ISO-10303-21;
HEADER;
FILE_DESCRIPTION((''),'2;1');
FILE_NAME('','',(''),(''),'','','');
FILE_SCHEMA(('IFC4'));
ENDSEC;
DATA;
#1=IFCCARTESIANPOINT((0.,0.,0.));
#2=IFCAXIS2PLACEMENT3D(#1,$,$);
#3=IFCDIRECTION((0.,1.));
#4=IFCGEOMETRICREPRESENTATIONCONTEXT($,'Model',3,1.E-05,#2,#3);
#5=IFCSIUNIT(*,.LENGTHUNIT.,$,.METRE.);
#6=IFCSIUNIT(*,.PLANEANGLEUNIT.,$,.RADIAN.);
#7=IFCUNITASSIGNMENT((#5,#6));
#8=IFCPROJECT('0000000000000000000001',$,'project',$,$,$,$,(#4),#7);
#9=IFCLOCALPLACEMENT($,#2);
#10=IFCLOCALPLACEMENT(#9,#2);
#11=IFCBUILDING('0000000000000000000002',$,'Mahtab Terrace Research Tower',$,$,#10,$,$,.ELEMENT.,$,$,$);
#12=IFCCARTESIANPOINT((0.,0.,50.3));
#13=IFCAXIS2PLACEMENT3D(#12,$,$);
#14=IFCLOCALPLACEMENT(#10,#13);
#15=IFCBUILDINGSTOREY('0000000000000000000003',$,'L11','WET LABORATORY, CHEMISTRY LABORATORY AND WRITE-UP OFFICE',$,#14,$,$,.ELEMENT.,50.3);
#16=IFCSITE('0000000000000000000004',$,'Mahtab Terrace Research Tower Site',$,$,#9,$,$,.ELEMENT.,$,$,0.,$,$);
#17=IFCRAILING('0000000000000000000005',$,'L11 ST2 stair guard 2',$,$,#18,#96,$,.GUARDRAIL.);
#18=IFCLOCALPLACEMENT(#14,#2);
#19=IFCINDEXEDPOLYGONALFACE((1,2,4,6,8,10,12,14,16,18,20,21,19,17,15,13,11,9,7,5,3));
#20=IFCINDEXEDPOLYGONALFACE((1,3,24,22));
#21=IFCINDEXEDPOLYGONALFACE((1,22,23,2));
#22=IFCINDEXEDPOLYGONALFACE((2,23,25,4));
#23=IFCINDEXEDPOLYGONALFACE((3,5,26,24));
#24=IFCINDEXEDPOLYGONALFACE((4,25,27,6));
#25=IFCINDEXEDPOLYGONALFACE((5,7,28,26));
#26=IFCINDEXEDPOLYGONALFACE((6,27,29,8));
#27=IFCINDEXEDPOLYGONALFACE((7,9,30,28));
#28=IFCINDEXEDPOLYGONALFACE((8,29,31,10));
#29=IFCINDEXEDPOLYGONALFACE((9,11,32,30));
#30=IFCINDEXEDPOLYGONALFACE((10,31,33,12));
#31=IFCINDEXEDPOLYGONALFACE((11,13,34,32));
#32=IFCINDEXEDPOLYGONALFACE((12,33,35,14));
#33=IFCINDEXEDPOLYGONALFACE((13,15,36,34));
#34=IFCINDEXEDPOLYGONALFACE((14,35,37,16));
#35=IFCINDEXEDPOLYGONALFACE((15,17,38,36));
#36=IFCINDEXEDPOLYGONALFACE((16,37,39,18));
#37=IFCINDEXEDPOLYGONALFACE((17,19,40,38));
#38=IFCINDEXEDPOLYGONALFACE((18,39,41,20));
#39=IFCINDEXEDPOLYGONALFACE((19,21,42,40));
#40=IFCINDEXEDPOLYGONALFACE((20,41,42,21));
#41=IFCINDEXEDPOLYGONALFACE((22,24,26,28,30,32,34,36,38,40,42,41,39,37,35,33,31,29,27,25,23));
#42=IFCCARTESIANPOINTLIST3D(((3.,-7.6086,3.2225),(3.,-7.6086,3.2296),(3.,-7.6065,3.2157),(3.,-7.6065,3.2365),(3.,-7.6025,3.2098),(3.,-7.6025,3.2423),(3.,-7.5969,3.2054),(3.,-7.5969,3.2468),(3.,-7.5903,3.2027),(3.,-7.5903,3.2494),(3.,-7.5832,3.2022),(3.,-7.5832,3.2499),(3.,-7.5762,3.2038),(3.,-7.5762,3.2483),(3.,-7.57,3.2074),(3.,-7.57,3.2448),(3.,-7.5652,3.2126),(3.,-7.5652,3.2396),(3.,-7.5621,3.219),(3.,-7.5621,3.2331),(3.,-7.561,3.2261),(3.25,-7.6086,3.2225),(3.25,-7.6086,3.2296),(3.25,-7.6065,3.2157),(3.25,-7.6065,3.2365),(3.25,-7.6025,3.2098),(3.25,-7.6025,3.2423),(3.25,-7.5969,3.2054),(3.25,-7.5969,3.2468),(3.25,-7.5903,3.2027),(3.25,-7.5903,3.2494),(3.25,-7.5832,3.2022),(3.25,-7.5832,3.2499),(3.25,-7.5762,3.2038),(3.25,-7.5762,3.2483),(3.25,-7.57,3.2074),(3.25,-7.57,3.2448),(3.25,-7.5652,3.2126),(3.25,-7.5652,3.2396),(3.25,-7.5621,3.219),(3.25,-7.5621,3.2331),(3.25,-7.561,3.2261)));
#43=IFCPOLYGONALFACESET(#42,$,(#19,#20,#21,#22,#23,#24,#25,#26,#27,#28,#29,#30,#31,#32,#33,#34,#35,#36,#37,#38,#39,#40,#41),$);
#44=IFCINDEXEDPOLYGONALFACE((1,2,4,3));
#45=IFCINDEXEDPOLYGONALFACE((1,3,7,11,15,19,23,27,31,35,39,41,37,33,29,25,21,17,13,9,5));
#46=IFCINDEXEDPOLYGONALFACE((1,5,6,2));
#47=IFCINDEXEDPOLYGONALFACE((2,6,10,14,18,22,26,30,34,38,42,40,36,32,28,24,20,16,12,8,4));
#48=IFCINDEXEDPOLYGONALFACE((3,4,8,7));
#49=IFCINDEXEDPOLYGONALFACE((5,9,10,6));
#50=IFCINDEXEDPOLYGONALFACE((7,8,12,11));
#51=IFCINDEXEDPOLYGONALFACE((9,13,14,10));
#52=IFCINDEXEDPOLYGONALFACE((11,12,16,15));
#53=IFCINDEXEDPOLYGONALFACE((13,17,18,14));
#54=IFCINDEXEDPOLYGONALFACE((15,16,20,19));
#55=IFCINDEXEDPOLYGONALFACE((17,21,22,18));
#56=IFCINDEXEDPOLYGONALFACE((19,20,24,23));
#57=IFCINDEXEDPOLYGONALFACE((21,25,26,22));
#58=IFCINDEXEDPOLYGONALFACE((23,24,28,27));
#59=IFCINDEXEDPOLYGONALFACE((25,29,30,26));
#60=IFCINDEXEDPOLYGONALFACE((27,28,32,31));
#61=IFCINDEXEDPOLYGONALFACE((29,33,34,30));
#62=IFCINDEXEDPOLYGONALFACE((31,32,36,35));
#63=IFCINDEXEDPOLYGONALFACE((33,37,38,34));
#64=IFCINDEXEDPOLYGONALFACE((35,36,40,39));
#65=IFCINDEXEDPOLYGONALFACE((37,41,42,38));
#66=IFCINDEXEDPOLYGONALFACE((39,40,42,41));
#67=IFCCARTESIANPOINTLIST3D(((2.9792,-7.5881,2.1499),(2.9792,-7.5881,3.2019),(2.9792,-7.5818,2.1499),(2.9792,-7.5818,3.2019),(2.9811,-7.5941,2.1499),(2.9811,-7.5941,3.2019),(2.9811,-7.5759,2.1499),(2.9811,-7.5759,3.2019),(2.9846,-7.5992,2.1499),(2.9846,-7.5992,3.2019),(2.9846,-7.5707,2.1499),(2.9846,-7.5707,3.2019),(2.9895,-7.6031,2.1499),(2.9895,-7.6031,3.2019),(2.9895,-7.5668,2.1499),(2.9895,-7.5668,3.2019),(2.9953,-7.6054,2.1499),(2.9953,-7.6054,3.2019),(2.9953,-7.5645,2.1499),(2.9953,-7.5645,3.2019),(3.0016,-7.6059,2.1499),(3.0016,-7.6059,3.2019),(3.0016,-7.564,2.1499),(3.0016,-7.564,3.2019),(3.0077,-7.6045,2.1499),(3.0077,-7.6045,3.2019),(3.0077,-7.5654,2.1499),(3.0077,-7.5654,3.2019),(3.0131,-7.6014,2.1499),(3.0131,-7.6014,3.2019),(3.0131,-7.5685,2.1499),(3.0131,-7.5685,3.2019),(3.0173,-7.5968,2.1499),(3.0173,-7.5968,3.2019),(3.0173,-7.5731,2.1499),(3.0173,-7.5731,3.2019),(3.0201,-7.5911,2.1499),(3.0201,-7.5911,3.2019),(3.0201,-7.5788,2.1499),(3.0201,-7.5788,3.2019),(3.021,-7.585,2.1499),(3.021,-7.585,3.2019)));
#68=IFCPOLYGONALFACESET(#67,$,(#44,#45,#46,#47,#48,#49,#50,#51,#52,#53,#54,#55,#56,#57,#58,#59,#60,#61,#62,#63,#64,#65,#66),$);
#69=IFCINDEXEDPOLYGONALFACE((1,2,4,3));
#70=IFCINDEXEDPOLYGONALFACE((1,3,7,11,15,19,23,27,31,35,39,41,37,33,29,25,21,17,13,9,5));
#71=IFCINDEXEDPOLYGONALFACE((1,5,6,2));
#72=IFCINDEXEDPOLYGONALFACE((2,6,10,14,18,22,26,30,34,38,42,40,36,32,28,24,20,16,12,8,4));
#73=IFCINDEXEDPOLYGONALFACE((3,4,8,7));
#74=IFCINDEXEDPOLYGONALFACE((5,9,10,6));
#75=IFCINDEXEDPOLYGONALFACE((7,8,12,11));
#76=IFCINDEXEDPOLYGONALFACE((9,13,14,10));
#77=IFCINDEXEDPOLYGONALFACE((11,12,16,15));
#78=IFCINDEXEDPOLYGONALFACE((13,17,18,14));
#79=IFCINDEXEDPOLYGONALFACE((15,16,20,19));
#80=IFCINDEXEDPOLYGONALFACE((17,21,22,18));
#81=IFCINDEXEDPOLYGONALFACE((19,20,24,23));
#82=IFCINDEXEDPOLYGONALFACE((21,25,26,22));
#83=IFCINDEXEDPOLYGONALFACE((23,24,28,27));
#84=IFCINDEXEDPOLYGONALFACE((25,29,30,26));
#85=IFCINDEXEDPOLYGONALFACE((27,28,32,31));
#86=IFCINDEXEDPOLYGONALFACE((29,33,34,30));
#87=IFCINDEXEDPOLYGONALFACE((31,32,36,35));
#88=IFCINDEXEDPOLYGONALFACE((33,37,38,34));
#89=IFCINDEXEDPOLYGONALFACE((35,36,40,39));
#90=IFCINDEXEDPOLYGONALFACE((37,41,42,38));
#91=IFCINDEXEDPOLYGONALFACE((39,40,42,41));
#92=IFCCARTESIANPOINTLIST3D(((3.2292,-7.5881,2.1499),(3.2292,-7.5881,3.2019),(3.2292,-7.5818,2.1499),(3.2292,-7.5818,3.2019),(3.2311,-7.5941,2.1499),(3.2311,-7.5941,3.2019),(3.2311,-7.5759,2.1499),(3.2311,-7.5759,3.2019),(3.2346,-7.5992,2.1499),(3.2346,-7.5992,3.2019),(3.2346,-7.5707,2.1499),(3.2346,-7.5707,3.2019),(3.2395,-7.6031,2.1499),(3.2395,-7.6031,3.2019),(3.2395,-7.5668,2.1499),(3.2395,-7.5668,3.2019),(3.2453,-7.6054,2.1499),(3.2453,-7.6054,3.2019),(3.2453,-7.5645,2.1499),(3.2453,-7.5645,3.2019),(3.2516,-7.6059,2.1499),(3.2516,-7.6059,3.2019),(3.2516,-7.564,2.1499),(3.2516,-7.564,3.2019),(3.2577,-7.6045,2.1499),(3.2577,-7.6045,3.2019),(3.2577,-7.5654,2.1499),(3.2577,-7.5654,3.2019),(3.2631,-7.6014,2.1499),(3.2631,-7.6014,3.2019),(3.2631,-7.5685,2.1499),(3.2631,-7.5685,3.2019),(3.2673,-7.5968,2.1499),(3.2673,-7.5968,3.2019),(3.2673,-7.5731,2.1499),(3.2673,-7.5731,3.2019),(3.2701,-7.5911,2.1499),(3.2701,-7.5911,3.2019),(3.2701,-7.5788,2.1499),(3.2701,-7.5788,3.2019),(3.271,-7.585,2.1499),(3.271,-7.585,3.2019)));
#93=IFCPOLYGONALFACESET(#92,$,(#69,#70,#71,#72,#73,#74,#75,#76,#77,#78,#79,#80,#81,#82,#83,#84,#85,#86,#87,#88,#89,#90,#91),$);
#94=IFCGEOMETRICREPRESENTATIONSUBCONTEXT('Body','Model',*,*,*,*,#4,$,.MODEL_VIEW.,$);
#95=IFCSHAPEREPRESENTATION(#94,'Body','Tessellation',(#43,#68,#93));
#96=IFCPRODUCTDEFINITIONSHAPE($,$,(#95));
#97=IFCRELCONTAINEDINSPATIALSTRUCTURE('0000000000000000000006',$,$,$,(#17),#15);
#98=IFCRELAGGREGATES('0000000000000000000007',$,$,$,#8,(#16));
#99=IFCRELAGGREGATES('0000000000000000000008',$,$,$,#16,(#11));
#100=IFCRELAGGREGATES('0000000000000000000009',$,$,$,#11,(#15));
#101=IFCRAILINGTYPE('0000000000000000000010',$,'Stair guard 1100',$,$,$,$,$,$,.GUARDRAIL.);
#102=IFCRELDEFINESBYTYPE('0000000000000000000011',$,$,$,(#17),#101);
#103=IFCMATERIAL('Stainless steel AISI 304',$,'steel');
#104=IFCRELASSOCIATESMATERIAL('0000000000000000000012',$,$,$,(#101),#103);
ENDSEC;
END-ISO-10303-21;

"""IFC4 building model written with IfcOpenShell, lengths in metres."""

from ifc_helpers import new_model, si_unit, direction, frame, origin, origin_2d, place, context, subcontext, project, spatial, circle, extrude, material, type_object, element, save


model = new_model("IFC4")

# Units and contexts
model_context = context("Model", 3, precision=1e-05, world=origin(), true_north=direction((0.0, 1.0)))
body_context = subcontext(model_context, "Body", "Model", "MODEL_VIEW")
ifc_project = project(units=[si_unit("LENGTHUNIT", "METRE"), si_unit("PLANEANGLEUNIT", "RADIAN")], contexts=[model_context])

# Site, building, storey
site_placement = place(None, origin())
site = spatial("IfcSite", under=ifc_project, at=site_placement, Name="Mahtab Terrace Research Tower Site", CompositionType="ELEMENT", RefElevation=0.0)
building_placement = place(site_placement, origin())
building = spatial("IfcBuilding", under=site, at=building_placement, Name="Mahtab Terrace Research Tower", CompositionType="ELEMENT")
storey_placement = place(building_placement, frame((0.0, 0.0, 50.3)))
storey = spatial("IfcBuildingStorey", under=building, at=storey_placement, Name="L11", Description="WET LABORATORY, CHEMISTRY LABORATORY AND WRITE-UP OFFICE", CompositionType="ELEMENT", Elevation=50.3)

# Railing
ifc_material_1 = material(Name="Stainless steel AISI 304", Category="steel")
railing_type_1 = type_object("IfcRailingType", Name="Stair guard 1100", PredefinedType="GUARDRAIL", material=ifc_material_1)
railing_1_placement = place(storey_placement, frame((3.0, -7.585, 2.1499)))
element("IfcRailing", 1, at=railing_1_placement, inside=storey, type_object=railing_type_1, Name="L11 ST2 stair guard 2", PredefinedType="GUARDRAIL", context=body_context, shape_type="SweptSolid", body=[
    extrude(circle(Radius=0.0239, at=origin_2d()), frame((0.0, 0.0, 1.0762), z_axis=(1.0, 0.0, 0.0), x_axis=(0.0, 1.0, 0.0)), (0.0, 0.0, 1.0), 0.25),
    extrude(circle(Radius=0.021, at=origin_2d()), origin(), (0.0, 0.0, 1.0), 1.052),
    extrude(circle(Radius=0.021, at=origin_2d()), frame((0.25, 0.0, 0.0)), (0.0, 0.0, 1.0), 1.052),
])

save(model, "model.ifc")
